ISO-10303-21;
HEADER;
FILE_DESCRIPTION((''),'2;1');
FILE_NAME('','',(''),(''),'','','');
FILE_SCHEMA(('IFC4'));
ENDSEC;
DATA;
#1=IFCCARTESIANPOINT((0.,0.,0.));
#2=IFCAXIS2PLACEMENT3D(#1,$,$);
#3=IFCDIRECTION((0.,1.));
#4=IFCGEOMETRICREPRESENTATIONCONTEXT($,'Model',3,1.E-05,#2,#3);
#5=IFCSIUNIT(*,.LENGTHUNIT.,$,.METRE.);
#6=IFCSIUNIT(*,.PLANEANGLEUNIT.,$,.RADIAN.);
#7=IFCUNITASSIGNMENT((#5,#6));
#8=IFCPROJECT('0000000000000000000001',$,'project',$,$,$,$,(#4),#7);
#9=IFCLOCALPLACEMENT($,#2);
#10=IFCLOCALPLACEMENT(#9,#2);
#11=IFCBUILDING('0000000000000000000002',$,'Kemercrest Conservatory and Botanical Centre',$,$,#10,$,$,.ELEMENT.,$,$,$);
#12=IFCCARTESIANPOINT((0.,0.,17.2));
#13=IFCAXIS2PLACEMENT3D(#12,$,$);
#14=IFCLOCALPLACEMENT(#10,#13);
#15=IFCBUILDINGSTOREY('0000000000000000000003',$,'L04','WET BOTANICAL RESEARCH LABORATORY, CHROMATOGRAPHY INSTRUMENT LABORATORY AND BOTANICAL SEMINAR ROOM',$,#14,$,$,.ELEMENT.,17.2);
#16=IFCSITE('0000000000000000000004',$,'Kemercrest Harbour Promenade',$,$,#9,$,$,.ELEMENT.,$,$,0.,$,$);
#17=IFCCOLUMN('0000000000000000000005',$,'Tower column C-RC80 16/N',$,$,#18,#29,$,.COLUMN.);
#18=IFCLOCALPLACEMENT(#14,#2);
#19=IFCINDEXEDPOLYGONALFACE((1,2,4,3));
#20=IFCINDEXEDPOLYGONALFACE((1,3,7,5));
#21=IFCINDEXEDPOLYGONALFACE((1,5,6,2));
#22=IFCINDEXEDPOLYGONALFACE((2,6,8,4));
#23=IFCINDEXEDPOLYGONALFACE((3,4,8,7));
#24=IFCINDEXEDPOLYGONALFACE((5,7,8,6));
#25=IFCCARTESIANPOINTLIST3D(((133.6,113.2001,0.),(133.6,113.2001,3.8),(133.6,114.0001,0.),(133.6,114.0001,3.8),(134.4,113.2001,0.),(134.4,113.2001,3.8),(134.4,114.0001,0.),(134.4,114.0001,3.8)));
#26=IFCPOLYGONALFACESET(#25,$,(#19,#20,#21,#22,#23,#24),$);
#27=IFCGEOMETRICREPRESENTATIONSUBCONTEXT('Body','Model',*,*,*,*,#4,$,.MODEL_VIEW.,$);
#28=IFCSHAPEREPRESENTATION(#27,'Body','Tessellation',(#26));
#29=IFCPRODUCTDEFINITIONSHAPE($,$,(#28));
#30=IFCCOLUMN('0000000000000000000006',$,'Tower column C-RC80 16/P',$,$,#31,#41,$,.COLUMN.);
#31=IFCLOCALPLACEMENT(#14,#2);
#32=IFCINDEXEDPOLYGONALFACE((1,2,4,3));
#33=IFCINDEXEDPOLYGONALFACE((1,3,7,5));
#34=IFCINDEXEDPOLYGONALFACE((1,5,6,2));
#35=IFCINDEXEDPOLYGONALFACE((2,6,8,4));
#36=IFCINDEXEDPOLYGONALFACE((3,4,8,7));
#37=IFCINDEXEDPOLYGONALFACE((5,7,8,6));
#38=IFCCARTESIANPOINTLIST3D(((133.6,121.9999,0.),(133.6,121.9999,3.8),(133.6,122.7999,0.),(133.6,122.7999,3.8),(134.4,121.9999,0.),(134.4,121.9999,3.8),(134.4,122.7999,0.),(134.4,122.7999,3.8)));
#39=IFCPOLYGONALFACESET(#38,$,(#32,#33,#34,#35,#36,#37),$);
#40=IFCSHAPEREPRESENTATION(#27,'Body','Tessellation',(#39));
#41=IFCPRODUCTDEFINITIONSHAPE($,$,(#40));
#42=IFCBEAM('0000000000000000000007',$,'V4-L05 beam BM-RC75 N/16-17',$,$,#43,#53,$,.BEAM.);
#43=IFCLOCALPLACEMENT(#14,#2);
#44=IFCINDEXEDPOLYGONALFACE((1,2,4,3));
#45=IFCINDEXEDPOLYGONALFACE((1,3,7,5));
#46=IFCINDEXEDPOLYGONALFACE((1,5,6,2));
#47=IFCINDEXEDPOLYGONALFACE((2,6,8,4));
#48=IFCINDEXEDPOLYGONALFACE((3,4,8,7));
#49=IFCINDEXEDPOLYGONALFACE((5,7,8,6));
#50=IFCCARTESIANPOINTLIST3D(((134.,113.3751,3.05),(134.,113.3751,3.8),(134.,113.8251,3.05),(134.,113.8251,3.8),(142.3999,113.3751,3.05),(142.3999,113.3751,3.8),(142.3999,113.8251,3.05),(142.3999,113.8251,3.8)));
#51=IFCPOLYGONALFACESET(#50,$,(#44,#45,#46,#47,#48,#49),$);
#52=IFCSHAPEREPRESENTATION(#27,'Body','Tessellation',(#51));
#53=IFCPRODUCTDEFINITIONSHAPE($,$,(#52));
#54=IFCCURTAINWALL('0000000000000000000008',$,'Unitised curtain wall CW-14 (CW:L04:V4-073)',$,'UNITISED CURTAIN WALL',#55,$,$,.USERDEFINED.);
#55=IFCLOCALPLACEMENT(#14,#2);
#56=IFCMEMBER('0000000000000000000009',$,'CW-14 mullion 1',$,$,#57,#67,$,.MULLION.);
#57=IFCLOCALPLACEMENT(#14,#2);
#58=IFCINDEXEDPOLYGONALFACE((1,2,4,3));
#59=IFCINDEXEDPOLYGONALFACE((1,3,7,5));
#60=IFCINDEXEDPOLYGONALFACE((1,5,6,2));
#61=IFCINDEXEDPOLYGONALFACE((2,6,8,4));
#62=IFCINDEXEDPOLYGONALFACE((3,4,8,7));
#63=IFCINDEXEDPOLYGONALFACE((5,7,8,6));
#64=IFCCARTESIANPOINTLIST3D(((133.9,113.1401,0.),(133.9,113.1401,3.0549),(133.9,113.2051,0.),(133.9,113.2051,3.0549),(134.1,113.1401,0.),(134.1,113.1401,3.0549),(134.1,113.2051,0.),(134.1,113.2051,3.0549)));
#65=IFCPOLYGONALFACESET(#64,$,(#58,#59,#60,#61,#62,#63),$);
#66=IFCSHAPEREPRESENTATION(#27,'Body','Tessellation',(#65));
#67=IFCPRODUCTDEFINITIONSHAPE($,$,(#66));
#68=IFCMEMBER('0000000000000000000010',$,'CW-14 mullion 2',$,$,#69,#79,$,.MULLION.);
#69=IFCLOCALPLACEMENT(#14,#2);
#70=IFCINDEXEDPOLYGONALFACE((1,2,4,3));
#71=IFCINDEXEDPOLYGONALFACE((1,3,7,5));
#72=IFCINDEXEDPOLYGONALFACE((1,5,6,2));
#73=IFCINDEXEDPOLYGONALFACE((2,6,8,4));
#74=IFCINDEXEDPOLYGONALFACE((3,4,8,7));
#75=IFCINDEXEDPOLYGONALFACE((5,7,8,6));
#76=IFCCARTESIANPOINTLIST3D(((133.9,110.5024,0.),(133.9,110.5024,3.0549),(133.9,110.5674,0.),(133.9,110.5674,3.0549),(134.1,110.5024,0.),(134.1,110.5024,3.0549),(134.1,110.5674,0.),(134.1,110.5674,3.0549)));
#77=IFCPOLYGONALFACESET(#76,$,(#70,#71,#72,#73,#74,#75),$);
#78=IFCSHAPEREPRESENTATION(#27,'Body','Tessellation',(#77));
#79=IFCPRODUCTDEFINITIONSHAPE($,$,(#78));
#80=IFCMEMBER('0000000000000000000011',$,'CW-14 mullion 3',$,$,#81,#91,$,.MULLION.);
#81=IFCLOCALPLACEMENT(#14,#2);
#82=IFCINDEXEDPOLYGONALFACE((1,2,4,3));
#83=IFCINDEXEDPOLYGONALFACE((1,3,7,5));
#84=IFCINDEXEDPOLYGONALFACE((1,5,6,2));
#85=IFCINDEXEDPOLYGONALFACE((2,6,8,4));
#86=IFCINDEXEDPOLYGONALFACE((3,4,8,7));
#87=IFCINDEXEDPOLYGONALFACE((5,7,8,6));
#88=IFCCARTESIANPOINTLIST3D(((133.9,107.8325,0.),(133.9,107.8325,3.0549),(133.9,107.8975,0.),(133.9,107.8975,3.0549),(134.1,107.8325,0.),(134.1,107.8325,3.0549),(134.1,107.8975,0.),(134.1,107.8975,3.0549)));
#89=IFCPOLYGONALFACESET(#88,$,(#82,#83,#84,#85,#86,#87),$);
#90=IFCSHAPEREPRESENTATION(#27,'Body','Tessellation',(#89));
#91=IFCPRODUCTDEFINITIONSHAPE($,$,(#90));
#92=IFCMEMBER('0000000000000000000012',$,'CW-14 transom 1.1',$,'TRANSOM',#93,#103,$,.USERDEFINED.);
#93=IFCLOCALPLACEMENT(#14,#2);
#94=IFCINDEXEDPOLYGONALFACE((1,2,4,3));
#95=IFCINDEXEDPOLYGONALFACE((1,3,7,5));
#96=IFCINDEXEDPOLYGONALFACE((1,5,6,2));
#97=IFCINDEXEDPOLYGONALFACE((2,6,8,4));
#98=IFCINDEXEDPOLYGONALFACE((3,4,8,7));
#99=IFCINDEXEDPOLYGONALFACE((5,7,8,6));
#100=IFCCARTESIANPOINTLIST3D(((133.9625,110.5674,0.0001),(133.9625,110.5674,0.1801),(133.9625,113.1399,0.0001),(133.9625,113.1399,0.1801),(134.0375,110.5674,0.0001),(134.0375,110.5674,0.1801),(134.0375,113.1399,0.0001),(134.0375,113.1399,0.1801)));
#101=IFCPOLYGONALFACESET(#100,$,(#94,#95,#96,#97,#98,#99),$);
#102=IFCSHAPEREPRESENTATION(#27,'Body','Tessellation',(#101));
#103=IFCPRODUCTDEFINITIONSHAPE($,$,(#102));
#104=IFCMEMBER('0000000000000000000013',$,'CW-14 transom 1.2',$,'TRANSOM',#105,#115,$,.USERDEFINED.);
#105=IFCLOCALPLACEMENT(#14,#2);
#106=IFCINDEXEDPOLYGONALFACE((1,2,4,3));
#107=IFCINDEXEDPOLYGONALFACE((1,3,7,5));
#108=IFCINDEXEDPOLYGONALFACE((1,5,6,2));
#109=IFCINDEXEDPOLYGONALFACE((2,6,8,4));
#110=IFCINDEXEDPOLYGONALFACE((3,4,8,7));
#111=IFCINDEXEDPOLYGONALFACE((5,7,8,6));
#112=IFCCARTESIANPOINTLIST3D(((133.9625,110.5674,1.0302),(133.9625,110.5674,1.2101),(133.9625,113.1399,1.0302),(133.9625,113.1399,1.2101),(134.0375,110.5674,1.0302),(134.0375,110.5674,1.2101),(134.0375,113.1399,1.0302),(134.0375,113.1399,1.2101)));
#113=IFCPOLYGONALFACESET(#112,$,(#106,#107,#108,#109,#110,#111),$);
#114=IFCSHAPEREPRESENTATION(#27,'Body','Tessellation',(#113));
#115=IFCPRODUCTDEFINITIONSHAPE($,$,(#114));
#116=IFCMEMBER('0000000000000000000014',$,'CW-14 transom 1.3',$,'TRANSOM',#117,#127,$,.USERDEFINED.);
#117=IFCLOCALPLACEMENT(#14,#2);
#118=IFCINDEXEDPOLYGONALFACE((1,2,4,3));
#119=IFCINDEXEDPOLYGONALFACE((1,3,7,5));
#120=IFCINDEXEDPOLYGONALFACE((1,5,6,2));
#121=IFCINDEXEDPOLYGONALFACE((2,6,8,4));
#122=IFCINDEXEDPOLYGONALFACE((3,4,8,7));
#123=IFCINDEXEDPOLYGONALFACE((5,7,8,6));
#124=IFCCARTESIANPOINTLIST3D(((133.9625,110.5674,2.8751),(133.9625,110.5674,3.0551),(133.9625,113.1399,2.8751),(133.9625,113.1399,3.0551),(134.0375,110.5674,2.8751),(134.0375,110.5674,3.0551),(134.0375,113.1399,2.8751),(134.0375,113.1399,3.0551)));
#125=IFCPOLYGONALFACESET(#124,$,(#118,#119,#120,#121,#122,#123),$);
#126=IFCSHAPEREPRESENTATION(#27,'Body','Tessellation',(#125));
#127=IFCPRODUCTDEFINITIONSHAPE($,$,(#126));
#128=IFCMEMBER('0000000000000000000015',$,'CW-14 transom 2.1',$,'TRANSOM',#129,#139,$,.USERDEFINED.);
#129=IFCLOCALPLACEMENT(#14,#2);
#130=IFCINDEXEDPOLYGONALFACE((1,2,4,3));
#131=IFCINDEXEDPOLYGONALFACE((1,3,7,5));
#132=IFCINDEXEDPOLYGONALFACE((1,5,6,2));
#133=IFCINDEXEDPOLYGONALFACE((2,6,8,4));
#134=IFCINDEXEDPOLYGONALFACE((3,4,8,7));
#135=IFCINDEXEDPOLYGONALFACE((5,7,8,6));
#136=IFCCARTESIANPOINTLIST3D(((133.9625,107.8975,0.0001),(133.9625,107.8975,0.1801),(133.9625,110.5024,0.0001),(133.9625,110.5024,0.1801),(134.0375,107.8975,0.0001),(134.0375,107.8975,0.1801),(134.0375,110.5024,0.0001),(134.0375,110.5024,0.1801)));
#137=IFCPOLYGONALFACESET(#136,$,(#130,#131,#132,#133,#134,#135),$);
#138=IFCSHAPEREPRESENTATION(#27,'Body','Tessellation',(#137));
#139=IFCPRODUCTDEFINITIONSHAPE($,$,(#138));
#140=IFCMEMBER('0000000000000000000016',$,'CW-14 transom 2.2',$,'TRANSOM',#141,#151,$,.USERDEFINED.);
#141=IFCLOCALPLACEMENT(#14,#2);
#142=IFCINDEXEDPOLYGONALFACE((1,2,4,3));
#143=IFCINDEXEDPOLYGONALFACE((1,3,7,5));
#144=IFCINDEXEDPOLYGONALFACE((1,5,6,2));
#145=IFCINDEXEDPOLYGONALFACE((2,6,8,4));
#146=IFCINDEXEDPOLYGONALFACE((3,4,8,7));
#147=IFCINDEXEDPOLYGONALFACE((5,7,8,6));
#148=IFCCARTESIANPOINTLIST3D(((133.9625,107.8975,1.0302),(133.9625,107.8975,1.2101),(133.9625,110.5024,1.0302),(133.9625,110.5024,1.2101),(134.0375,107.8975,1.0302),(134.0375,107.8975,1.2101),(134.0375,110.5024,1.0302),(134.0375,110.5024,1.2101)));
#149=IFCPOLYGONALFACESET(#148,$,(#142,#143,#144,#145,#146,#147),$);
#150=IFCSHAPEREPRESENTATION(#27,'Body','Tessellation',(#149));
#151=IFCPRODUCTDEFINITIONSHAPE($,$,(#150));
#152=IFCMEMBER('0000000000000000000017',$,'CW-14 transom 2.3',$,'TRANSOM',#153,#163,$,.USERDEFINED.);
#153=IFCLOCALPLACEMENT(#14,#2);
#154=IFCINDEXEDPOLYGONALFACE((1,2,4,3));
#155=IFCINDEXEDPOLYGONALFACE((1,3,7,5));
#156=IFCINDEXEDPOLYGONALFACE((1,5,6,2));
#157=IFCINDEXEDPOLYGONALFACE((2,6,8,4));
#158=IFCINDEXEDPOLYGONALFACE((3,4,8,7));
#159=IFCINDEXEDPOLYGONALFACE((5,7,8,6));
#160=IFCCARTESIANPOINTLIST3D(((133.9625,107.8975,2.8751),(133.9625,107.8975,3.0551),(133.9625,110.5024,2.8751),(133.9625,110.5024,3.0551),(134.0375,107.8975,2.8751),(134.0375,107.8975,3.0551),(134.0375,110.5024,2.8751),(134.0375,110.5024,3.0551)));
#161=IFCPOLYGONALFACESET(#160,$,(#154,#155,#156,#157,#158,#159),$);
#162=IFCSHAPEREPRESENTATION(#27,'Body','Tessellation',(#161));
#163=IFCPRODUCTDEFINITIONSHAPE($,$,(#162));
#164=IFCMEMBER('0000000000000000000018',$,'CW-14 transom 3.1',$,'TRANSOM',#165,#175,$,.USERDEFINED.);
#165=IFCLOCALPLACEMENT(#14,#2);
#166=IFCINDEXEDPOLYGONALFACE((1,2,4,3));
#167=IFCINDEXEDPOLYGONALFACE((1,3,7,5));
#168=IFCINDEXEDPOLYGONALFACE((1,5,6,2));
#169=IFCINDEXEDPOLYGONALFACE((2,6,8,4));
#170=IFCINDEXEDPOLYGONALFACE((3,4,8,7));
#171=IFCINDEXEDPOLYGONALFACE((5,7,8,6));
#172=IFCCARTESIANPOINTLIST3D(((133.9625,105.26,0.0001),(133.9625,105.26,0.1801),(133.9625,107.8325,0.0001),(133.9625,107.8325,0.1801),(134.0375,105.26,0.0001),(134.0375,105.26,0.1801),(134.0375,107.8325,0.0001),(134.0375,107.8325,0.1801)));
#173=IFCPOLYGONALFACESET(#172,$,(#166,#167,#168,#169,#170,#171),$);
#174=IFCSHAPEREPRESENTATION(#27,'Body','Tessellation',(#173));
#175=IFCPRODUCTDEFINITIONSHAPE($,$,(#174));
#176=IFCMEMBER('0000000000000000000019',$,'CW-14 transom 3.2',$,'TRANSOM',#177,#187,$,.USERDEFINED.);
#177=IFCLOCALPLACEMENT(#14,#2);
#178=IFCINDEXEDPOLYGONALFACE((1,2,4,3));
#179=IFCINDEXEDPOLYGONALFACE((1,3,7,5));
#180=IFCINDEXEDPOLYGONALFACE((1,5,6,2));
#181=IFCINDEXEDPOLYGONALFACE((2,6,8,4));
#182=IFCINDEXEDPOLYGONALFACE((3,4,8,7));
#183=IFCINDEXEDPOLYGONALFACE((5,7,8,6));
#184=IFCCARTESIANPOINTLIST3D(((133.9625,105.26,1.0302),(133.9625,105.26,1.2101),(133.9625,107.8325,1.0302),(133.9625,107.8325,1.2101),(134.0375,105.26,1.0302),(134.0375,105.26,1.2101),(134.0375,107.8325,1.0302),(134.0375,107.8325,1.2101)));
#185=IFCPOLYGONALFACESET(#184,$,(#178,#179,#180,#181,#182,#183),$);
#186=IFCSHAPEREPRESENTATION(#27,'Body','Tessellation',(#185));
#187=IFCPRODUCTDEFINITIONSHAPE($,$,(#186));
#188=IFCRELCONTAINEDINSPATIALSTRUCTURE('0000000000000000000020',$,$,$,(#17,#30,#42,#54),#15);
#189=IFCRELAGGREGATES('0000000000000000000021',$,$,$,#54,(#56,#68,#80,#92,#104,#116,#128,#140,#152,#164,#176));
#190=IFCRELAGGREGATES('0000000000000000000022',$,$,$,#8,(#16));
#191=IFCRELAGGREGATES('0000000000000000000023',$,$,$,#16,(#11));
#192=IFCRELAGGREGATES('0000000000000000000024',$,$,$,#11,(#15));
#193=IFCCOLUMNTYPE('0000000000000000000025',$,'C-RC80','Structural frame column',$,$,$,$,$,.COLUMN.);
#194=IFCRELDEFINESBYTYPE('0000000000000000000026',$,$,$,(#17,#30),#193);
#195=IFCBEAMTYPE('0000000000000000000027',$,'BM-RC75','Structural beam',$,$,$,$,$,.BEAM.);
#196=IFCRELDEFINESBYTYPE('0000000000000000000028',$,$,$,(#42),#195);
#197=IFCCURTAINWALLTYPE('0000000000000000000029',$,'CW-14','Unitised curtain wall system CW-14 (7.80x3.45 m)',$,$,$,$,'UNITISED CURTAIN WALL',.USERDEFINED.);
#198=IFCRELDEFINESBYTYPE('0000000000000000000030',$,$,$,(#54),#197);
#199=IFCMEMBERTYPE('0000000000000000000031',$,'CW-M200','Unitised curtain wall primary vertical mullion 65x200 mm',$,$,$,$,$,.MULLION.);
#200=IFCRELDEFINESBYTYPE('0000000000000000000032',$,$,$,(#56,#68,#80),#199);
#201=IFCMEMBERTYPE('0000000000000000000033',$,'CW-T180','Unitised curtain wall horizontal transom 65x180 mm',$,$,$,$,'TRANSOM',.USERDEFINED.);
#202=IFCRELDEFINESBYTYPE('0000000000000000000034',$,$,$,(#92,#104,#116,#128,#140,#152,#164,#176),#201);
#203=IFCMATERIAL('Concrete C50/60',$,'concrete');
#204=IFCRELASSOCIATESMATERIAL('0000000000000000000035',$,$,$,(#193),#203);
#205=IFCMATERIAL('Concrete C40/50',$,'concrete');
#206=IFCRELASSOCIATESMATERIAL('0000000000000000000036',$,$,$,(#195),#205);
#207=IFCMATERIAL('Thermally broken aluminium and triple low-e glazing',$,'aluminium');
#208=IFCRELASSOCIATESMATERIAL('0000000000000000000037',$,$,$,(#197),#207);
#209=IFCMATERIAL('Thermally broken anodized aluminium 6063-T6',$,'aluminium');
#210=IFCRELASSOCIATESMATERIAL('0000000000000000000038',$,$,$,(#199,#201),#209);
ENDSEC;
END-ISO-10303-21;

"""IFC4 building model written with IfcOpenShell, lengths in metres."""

from ifc_helpers import new_model, si_unit, direction, frame, origin, origin_2d, place, context, subcontext, project, spatial, rectangle, extrude, material, material_profile, profile_set, type_object, element, aggregate, save


model = new_model("IFC4")

# Units and contexts
model_context = context("Model", 3, precision=1e-05, world=origin(), true_north=direction((0.0, 1.0)))
body_context = subcontext(model_context, "Body", "Model", "MODEL_VIEW")
ifc_project = project(units=[si_unit("LENGTHUNIT", "METRE"), si_unit("PLANEANGLEUNIT", "RADIAN")], contexts=[model_context])

# Site, building, storey
site_placement = place(None, origin())
site = spatial("IfcSite", under=ifc_project, at=site_placement, Name="Kemercrest Harbour Promenade", CompositionType="ELEMENT", RefElevation=0.0)
building_placement = place(site_placement, origin())
building = spatial("IfcBuilding", under=site, at=building_placement, Name="Kemercrest Conservatory and Botanical Centre", CompositionType="ELEMENT")
storey_placement = place(building_placement, frame((0.0, 0.0, 17.2)))
storey = spatial("IfcBuildingStorey", under=building, at=storey_placement, Name="L04", Description="WET BOTANICAL RESEARCH LABORATORY, CHROMATOGRAPHY INSTRUMENT LABORATORY AND BOTANICAL SEMINAR ROOM", CompositionType="ELEMENT", Elevation=17.2)

# Columns
ifc_material_1 = material(Name="Concrete C50/60", Category="concrete")
ifc_material_profile_1 = material_profile(ifc_material_1, rectangle(XDim=0.8, YDim=0.8, at=origin_2d()), Name="RC 800x800")
ifc_profile_set_1 = profile_set([ifc_material_profile_1], Name="Concrete C50/60")
column_type = type_object("IfcColumnType", Name="C-RC80", Description="Structural frame column", PredefinedType="COLUMN", material=ifc_profile_set_1)
for number, where, z_axis, x_axis, name in (
    (1, (134.0, 113.6001, 0.0), (0.0, 0.0, 1.0), (1.0, 0.0, 0.0), "Tower column C-RC80 16/N"),
    (2, (134.0, 122.3999, 0.0), (0.0, 0.0, 1.0), (1.0, 0.0, 0.0), "Tower column C-RC80 16/P"),
):
    element("IfcColumn", number, at=place(storey_placement, frame(where, z_axis=z_axis, x_axis=x_axis)), inside=storey, type_object=column_type, Name=name, PredefinedType="COLUMN", context=body_context, shape_type="SweptSolid", body=[
        extrude(rectangle(XDim=0.8, YDim=0.8, at=origin_2d()), origin(), (0.0, 0.0, 1.0), 3.8),
    ])

# Beam
ifc_material_2 = material(Name="Concrete C40/50", Category="concrete")
ifc_material_profile_2 = material_profile(ifc_material_2, rectangle(XDim=0.45, YDim=0.75, at=origin_2d()), Name="RC 450x750")
ifc_profile_set_2 = profile_set([ifc_material_profile_2], Name="Concrete C40/50")
beam_type_1 = type_object("IfcBeamType", Name="BM-RC75", Description="Structural beam", PredefinedType="BEAM", material=ifc_profile_set_2)
beam_1_placement = place(storey_placement, frame((134.0, 113.6001, 3.425), z_axis=(1.0, 0.0, 0.0), x_axis=(0.0, 1.0, 0.0)))
element("IfcBeam", 3, at=beam_1_placement, inside=storey, type_object=beam_type_1, Name="V4-L05 beam BM-RC75 N/16-17", PredefinedType="BEAM", context=body_context, shape_type="SweptSolid", body=[
    extrude(rectangle(XDim=0.45, YDim=0.75, at=origin_2d()), origin(), (0.0, 0.0, 1.0), 8.3999),
])

# Curtain wall, members
ifc_material_3 = material(Name="Thermally broken aluminium and triple low-e glazing", Category="aluminium")
curtain_wall_type = type_object("IfcCurtainWallType", Name="CW-14", Description="Unitised curtain wall system CW-14 (7.80x3.45 m)", ElementType="UNITISED CURTAIN WALL", PredefinedType="USERDEFINED", material=ifc_material_3)
curtain_wall_placement = place(storey_placement, origin())
curtain_wall = element("IfcCurtainWall", 4, at=curtain_wall_placement, inside=storey, type_object=curtain_wall_type, Name="Unitised curtain wall CW-14 (CW:L04:V4-073)", ObjectType="UNITISED CURTAIN WALL", PredefinedType="USERDEFINED")
ifc_material_4 = material(Name="Thermally broken anodized aluminium 6063-T6", Category="aluminium")
ifc_material_profile_3 = material_profile(ifc_material_4, rectangle(XDim=0.2, YDim=0.0649, at=origin_2d()), Name="AL MULLION 65x200")
ifc_profile_set_3 = profile_set([ifc_material_profile_3], Name="Thermally broken anodized aluminium 6063-T6")
member_type_1 = type_object("IfcMemberType", Name="CW-M200", Description="Unitised curtain wall primary vertical mullion 65x200 mm", PredefinedType="MULLION", material=ifc_profile_set_3)
member_1_placement = place(storey_placement, frame((134.0, 113.1726, 0.0), z_axis=(0.0, 0.0, 1.0), x_axis=(1.0, 0.0, 0.0)))
member_1 = element("IfcMember", 5, at=member_1_placement, type_object=member_type_1, Name="CW-14 mullion 1", PredefinedType="MULLION", context=body_context, shape_type="SweptSolid", body=[
    extrude(rectangle(XDim=0.2, YDim=0.0649, at=origin_2d()), origin(), (0.0, 0.0, 1.0), 3.0549),
])
member_2_placement = place(storey_placement, frame((134.0, 110.5349, 0.0), z_axis=(0.0, 0.0, 1.0), x_axis=(1.0, 0.0, 0.0)))
member_2 = element("IfcMember", 6, at=member_2_placement, type_object=member_type_1, Name="CW-14 mullion 2", PredefinedType="MULLION", context=body_context, shape_type="SweptSolid", body=[
    extrude(rectangle(XDim=0.2, YDim=0.0649, at=origin_2d()), origin(), (0.0, 0.0, 1.0), 3.0549),
])
member_3_placement = place(storey_placement, frame((134.0, 107.865, 0.0), z_axis=(0.0, 0.0, 1.0), x_axis=(1.0, 0.0, 0.0)))
member_3 = element("IfcMember", 7, at=member_3_placement, type_object=member_type_1, Name="CW-14 mullion 3", PredefinedType="MULLION", context=body_context, shape_type="SweptSolid", body=[
    extrude(rectangle(XDim=0.2, YDim=0.0649, at=origin_2d()), origin(), (0.0, 0.0, 1.0), 3.0549),
])
ifc_material_profile_4 = material_profile(ifc_material_4, rectangle(XDim=0.075, YDim=0.1799, at=origin_2d()), Name="AL TRANSOM 75x180")
ifc_profile_set_4 = profile_set([ifc_material_profile_4], Name="Thermally broken anodized aluminium 6063-T6")
member_type_2 = type_object("IfcMemberType", Name="CW-T180", Description="Unitised curtain wall horizontal transom 65x180 mm", ElementType="TRANSOM", PredefinedType="USERDEFINED", material=ifc_profile_set_4)
member_4_placement = place(storey_placement, frame((134.0, 113.1399, 0.0901), z_axis=(0.0, -1.0, 0.0), x_axis=(1.0, 0.0, 0.0)))
member_4 = element("IfcMember", 8, at=member_4_placement, type_object=member_type_2, Name="CW-14 transom 1.1", ObjectType="TRANSOM", PredefinedType="USERDEFINED", context=body_context, shape_type="SweptSolid", body=[
    extrude(rectangle(XDim=0.075, YDim=0.1799, at=origin_2d()), origin(), (0.0, 0.0, 1.0), 2.5725),
])
member_5_placement = place(storey_placement, frame((134.0, 113.1399, 1.1201), z_axis=(0.0, -1.0, 0.0), x_axis=(1.0, 0.0, 0.0)))
member_5 = element("IfcMember", 9, at=member_5_placement, type_object=member_type_2, Name="CW-14 transom 1.2", ObjectType="TRANSOM", PredefinedType="USERDEFINED", context=body_context, shape_type="SweptSolid", body=[
    extrude(rectangle(XDim=0.075, YDim=0.1799, at=origin_2d()), origin(), (0.0, 0.0, 1.0), 2.5725),
])
member_6_placement = place(storey_placement, frame((134.0, 113.1399, 2.9651), z_axis=(0.0, -1.0, 0.0), x_axis=(1.0, 0.0, 0.0)))
member_6 = element("IfcMember", 10, at=member_6_placement, type_object=member_type_2, Name="CW-14 transom 1.3", ObjectType="TRANSOM", PredefinedType="USERDEFINED", context=body_context, shape_type="SweptSolid", body=[
    extrude(rectangle(XDim=0.075, YDim=0.1799, at=origin_2d()), origin(), (0.0, 0.0, 1.0), 2.5725),
])
member_7_placement = place(storey_placement, frame((134.0, 110.5024, 0.0901), z_axis=(0.0, -1.0, 0.0), x_axis=(1.0, 0.0, 0.0)))
member_7 = element("IfcMember", 11, at=member_7_placement, type_object=member_type_2, Name="CW-14 transom 2.1", ObjectType="TRANSOM", PredefinedType="USERDEFINED", context=body_context, shape_type="SweptSolid", body=[
    extrude(rectangle(XDim=0.075, YDim=0.1799, at=origin_2d()), origin(), (0.0, 0.0, 1.0), 2.605),
])
member_8_placement = place(storey_placement, frame((134.0, 110.5024, 1.1201), z_axis=(0.0, -1.0, 0.0), x_axis=(1.0, 0.0, 0.0)))
member_8 = element("IfcMember", 12, at=member_8_placement, type_object=member_type_2, Name="CW-14 transom 2.2", ObjectType="TRANSOM", PredefinedType="USERDEFINED", context=body_context, shape_type="SweptSolid", body=[
    extrude(rectangle(XDim=0.075, YDim=0.1799, at=origin_2d()), origin(), (0.0, 0.0, 1.0), 2.605),
])
member_9_placement = place(storey_placement, frame((134.0, 110.5024, 2.9651), z_axis=(0.0, -1.0, 0.0), x_axis=(1.0, 0.0, 0.0)))
member_9 = element("IfcMember", 13, at=member_9_placement, type_object=member_type_2, Name="CW-14 transom 2.3", ObjectType="TRANSOM", PredefinedType="USERDEFINED", context=body_context, shape_type="SweptSolid", body=[
    extrude(rectangle(XDim=0.075, YDim=0.1799, at=origin_2d()), origin(), (0.0, 0.0, 1.0), 2.605),
])
member_10_placement = place(storey_placement, frame((134.0, 107.8325, 0.0901), z_axis=(0.0, -1.0, 0.0), x_axis=(1.0, 0.0, 0.0)))
member_10 = element("IfcMember", 14, at=member_10_placement, type_object=member_type_2, Name="CW-14 transom 3.1", ObjectType="TRANSOM", PredefinedType="USERDEFINED", context=body_context, shape_type="SweptSolid", body=[
    extrude(rectangle(XDim=0.075, YDim=0.1799, at=origin_2d()), origin(), (0.0, 0.0, 1.0), 2.5725),
])
member_11_placement = place(storey_placement, frame((134.0, 107.8325, 1.1201), z_axis=(0.0, -1.0, 0.0), x_axis=(1.0, 0.0, 0.0)))
member_11 = element("IfcMember", 15, at=member_11_placement, type_object=member_type_2, Name="CW-14 transom 3.2", ObjectType="TRANSOM", PredefinedType="USERDEFINED", context=body_context, shape_type="SweptSolid", body=[
    extrude(rectangle(XDim=0.075, YDim=0.1799, at=origin_2d()), origin(), (0.0, 0.0, 1.0), 2.5725),
])

aggregate(curtain_wall, [member_1, member_2, member_3, member_4, member_5, member_6, member_7, member_8, member_9, member_10, member_11])

save(model, "model.ifc")
